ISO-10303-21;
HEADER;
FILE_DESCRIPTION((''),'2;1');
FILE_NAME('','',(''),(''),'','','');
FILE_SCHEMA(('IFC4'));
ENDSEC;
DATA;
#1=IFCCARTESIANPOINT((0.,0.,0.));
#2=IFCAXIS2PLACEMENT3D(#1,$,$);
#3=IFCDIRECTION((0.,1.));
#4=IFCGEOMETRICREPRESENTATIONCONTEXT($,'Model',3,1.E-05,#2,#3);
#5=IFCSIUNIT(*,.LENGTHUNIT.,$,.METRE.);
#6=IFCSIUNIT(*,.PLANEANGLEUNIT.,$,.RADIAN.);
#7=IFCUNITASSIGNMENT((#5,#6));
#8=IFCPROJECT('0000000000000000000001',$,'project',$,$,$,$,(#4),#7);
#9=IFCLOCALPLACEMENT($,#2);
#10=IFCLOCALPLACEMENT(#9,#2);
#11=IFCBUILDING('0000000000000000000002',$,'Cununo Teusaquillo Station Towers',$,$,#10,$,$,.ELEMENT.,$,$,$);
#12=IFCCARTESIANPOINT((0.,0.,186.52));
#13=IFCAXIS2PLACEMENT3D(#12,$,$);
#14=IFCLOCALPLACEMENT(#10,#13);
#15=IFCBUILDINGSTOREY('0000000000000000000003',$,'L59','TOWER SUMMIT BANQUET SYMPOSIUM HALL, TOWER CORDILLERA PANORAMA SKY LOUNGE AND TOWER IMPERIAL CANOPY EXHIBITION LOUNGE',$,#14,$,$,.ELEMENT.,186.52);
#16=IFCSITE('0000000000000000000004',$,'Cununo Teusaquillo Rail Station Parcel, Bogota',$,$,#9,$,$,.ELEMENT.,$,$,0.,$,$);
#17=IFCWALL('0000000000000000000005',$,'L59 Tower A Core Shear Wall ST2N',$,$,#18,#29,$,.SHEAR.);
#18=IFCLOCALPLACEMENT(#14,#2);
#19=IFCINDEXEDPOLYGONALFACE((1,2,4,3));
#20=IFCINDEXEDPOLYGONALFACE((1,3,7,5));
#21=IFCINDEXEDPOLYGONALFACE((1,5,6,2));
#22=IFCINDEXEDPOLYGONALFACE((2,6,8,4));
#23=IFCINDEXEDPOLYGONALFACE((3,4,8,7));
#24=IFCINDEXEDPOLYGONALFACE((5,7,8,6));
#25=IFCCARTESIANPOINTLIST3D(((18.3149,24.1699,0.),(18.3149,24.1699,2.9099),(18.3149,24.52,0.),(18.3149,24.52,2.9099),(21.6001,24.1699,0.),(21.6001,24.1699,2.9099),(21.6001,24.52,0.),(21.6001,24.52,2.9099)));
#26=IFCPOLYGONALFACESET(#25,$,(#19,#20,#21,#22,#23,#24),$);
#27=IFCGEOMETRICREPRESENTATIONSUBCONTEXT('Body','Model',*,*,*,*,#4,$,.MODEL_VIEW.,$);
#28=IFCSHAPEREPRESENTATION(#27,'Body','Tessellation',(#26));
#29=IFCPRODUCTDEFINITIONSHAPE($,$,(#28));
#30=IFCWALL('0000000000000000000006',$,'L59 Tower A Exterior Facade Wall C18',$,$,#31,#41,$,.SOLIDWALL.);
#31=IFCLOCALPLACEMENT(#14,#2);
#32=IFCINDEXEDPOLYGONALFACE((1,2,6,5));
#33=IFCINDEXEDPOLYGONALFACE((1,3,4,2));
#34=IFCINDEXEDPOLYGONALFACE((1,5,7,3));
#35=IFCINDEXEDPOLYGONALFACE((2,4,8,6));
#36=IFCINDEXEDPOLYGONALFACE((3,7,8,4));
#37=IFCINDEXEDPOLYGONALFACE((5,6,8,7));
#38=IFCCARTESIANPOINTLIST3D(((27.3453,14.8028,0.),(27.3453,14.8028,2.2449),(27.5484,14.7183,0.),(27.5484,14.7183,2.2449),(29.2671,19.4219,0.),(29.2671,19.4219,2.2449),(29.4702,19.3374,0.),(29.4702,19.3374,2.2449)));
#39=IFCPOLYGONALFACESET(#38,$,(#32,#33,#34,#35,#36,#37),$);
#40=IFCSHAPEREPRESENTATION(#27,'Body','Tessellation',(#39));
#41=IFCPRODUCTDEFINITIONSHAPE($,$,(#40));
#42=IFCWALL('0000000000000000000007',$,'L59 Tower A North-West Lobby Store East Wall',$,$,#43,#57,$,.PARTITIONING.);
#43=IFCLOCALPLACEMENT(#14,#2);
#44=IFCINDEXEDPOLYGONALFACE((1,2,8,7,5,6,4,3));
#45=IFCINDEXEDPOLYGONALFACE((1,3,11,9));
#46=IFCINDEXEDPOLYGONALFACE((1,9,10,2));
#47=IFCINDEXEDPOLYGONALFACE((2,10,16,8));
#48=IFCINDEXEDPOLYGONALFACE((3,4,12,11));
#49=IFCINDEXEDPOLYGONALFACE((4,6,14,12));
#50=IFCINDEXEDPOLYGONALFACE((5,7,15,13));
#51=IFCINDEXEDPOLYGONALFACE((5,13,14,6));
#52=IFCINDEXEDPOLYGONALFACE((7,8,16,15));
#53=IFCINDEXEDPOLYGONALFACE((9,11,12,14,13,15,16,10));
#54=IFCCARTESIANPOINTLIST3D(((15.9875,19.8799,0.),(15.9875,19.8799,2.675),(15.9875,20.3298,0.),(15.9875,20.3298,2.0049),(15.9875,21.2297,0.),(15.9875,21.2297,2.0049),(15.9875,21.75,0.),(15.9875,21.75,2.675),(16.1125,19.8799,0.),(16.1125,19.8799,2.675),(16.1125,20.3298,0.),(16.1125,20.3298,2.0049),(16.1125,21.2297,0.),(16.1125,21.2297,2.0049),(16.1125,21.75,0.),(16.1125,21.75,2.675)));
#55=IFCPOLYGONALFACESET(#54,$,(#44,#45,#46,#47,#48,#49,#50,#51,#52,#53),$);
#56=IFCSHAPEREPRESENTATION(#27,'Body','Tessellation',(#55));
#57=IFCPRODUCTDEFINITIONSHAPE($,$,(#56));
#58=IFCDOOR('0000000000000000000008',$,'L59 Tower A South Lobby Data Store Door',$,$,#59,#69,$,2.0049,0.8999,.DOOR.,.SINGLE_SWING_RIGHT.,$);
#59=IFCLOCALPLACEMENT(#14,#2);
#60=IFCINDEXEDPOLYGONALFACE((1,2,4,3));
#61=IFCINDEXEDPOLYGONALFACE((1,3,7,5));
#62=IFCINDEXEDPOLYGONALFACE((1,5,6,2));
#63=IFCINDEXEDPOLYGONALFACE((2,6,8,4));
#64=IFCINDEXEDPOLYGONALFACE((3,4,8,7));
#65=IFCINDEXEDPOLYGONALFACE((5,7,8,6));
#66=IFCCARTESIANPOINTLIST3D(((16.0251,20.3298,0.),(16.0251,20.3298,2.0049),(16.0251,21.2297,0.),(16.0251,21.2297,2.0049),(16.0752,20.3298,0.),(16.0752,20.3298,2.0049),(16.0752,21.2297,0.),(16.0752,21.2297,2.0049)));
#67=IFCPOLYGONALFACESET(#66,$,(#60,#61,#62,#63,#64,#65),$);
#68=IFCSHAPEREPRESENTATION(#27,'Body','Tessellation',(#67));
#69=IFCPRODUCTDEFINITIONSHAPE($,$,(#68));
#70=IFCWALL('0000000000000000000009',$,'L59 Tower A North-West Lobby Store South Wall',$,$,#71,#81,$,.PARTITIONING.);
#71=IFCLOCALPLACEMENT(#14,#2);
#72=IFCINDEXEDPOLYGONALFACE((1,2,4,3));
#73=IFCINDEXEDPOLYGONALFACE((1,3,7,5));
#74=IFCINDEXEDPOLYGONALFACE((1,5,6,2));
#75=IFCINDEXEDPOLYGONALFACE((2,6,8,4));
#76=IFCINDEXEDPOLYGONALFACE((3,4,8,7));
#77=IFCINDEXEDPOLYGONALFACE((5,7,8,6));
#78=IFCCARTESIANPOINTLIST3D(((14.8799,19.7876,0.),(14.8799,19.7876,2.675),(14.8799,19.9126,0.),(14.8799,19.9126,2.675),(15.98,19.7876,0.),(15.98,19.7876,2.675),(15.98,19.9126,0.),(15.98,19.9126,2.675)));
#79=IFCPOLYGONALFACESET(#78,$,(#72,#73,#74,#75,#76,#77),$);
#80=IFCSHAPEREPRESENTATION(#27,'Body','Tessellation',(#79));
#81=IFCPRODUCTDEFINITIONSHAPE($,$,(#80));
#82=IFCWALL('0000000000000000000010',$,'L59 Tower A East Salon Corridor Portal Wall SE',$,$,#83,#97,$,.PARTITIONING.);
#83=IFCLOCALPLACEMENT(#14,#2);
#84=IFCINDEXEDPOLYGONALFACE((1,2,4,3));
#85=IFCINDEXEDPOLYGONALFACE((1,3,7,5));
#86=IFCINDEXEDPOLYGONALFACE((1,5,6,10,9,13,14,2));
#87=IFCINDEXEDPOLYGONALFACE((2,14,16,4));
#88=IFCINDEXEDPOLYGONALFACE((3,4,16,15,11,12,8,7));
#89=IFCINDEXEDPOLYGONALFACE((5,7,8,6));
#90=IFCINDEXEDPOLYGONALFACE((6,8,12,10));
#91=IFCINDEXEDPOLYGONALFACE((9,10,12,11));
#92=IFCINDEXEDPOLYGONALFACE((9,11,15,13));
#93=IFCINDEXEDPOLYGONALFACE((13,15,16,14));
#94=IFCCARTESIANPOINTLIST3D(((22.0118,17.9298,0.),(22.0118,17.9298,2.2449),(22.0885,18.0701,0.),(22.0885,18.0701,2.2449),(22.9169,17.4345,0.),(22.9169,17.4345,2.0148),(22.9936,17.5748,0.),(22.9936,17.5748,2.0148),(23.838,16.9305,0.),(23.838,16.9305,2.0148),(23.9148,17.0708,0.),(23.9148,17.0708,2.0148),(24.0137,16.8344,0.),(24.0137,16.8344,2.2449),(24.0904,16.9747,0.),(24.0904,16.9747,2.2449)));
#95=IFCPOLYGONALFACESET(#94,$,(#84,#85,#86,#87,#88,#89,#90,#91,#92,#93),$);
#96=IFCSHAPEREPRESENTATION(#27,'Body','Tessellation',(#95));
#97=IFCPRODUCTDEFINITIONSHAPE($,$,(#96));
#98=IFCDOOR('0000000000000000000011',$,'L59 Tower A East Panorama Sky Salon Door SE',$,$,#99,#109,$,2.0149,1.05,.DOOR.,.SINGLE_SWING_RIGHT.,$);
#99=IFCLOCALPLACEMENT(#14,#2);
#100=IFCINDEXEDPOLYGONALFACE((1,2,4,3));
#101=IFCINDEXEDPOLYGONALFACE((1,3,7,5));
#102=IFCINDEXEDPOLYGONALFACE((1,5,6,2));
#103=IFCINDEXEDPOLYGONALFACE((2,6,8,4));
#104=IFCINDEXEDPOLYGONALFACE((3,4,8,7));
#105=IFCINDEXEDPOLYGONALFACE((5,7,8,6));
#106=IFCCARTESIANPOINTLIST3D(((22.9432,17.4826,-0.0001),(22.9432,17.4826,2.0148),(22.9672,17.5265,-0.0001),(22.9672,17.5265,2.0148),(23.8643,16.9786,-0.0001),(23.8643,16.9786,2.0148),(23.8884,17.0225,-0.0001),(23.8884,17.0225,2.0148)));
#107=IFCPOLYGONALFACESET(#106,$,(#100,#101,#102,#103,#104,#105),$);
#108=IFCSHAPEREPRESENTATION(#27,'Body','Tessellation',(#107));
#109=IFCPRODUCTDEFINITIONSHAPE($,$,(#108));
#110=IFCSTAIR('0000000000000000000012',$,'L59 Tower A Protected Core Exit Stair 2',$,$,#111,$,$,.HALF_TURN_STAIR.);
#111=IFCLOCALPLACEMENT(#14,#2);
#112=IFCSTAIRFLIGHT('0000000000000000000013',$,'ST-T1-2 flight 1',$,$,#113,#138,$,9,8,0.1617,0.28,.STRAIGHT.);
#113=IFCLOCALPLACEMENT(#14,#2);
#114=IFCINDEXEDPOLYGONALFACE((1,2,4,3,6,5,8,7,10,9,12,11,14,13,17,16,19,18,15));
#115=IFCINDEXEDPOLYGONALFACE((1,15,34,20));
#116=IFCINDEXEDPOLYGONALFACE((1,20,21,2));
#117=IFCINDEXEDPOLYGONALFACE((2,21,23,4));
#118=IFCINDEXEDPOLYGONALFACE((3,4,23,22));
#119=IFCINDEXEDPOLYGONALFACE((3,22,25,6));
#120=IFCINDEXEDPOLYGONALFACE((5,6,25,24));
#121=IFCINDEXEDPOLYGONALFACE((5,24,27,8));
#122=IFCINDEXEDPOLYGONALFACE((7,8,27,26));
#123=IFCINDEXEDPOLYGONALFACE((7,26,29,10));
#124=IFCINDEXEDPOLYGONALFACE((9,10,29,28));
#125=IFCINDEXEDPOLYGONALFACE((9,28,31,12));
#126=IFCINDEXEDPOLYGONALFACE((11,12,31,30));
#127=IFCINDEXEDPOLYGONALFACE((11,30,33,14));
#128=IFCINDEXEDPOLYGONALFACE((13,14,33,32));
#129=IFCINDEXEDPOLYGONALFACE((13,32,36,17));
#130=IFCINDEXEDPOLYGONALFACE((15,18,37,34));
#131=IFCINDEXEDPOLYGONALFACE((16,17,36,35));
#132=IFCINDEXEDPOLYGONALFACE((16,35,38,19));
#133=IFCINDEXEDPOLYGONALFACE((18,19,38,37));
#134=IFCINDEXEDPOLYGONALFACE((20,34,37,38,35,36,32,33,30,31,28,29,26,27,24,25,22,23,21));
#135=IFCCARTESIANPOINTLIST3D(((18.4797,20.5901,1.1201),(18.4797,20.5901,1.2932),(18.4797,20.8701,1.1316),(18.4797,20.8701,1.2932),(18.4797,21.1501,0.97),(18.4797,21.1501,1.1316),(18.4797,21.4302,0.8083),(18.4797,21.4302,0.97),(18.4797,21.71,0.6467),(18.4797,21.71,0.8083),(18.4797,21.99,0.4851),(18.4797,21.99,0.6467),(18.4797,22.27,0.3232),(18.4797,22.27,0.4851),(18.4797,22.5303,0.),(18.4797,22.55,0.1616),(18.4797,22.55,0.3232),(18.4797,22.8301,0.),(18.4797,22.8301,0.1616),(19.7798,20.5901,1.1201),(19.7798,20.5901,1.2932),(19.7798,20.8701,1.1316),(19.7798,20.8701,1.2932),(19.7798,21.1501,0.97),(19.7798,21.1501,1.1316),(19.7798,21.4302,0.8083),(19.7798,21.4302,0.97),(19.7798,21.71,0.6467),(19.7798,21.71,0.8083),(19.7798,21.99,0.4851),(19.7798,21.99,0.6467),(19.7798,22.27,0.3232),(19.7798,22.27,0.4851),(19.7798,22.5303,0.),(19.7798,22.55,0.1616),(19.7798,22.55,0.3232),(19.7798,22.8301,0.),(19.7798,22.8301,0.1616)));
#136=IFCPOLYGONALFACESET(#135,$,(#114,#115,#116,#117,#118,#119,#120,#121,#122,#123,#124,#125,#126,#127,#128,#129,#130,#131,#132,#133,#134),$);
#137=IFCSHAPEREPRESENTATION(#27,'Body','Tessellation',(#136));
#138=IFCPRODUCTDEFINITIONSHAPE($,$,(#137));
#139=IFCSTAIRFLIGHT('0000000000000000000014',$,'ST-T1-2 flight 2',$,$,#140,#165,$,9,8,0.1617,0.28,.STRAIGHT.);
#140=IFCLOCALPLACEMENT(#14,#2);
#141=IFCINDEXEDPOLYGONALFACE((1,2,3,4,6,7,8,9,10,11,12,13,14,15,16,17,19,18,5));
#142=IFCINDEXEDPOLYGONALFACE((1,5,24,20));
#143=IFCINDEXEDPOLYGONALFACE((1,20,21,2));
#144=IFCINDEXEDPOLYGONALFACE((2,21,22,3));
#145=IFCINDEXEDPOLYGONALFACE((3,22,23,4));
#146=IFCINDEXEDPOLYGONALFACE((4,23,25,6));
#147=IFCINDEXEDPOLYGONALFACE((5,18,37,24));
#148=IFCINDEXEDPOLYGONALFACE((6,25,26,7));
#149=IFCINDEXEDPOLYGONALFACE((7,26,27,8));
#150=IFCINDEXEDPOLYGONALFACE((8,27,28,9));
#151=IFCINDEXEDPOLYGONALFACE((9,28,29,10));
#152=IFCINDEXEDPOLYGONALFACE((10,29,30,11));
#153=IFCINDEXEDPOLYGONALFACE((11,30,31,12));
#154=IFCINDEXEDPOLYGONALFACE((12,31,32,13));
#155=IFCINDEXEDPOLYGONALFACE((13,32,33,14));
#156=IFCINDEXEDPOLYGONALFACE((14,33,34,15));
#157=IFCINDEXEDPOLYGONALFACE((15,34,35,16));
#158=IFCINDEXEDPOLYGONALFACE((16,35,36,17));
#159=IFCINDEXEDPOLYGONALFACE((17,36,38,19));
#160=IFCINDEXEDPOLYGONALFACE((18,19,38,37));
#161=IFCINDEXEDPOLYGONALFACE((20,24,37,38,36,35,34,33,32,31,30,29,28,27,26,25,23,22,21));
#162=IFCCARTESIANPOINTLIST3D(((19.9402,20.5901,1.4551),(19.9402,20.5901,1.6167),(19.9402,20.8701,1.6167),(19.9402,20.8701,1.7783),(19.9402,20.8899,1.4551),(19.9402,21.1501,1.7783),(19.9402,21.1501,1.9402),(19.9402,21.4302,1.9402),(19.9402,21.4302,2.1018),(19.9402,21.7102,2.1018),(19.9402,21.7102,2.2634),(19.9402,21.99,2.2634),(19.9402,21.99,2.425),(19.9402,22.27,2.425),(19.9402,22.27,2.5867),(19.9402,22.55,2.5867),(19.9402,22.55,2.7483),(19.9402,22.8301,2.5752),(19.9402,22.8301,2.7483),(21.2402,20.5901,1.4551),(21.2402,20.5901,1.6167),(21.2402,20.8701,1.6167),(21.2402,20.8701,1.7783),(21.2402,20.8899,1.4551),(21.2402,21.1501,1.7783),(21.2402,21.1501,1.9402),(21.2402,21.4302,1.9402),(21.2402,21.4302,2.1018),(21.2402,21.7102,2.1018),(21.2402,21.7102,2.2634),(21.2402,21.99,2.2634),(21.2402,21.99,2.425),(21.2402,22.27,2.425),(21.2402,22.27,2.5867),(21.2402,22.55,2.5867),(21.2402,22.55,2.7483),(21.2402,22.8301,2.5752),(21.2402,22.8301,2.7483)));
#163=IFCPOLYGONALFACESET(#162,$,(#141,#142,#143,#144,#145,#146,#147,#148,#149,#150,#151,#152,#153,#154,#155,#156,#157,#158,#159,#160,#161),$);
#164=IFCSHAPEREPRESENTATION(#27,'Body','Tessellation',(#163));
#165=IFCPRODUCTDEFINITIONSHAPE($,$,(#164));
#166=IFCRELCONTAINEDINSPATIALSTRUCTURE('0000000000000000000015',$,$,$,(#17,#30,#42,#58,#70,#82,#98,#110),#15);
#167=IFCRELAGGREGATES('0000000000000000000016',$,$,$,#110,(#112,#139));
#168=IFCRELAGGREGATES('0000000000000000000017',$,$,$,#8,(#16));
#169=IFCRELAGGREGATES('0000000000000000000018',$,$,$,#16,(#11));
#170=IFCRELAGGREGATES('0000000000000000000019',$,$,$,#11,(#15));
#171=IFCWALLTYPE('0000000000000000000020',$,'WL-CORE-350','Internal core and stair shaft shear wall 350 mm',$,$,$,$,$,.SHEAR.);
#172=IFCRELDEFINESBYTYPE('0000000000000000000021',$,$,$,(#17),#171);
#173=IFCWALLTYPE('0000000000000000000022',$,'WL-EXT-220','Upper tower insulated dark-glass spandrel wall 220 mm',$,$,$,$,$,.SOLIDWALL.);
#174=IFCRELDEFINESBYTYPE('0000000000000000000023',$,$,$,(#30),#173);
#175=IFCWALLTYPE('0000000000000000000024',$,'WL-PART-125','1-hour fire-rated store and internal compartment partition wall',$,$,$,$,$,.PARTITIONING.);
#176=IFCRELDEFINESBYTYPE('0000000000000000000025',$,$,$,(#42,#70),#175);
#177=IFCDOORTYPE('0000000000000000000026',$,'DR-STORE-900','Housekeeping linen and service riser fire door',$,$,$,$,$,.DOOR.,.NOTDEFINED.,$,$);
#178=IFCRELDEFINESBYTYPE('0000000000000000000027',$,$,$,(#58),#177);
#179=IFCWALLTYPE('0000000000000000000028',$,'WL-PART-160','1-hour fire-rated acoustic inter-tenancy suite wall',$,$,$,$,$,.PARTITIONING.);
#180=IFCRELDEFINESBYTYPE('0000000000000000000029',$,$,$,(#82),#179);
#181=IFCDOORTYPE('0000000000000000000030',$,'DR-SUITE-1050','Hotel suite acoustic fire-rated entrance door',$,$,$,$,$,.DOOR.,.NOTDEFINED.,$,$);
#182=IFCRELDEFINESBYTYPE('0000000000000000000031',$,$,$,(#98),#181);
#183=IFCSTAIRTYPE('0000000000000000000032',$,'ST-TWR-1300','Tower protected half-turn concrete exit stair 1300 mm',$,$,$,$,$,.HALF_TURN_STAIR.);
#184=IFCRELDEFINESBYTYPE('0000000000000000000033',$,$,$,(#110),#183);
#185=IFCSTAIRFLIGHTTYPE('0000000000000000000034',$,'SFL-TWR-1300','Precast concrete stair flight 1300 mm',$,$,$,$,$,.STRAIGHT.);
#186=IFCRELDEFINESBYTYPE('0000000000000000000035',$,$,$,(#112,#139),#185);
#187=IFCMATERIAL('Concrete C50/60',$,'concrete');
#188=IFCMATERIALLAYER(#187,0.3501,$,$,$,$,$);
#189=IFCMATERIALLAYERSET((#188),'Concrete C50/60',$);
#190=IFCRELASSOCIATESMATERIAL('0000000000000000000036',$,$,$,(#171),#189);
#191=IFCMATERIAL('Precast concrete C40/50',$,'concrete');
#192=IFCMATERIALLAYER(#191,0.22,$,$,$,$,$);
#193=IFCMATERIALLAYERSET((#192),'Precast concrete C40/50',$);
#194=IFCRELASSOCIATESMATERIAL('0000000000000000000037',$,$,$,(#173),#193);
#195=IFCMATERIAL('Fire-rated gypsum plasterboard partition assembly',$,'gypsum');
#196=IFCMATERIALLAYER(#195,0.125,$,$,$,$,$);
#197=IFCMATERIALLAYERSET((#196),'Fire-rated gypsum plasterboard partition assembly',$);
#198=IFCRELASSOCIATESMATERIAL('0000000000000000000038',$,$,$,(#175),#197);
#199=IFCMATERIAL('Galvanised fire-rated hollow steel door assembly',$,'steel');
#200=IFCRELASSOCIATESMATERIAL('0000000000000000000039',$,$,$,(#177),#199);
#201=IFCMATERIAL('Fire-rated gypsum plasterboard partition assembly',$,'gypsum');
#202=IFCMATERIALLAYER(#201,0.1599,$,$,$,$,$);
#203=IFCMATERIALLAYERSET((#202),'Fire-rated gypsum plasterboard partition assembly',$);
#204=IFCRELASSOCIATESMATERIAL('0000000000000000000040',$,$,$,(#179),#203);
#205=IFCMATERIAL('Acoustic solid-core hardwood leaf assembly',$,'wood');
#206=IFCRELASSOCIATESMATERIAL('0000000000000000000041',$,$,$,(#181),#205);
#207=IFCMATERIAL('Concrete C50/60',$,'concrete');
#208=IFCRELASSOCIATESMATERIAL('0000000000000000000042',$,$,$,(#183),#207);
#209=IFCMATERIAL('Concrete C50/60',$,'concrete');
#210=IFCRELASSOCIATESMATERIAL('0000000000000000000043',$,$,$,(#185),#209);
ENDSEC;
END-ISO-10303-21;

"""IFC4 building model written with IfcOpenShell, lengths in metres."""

from ifc_helpers import new_model, si_unit, direction, frame, frame_2d, origin, place, context, subcontext, project, spatial, polyline, rectangle, outline, extrude, source, transform, mapped, material, layer, layer_set, type_object, element, fill, aggregate, save


model = new_model("IFC4")

# Units and contexts
model_context = context("Model", 3, precision=1e-05, world=origin(), true_north=direction((0.0, 1.0)))
body_context = subcontext(model_context, "Body", "Model", "MODEL_VIEW")
ifc_project = project(units=[si_unit("LENGTHUNIT", "METRE"), si_unit("PLANEANGLEUNIT", "RADIAN")], contexts=[model_context])

# Site, building, storey
site_placement = place(None, origin())
site = spatial("IfcSite", under=ifc_project, at=site_placement, Name="Cununo Teusaquillo Rail Station Parcel, Bogota", CompositionType="ELEMENT", RefElevation=0.0)
building_placement = place(site_placement, origin())
building = spatial("IfcBuilding", under=site, at=building_placement, Name="Cununo Teusaquillo Station Towers", CompositionType="ELEMENT")
storey_placement = place(building_placement, frame((0.0, 0.0, 186.52)))
storey = spatial("IfcBuildingStorey", under=building, at=storey_placement, Name="L59", Description="TOWER SUMMIT BANQUET SYMPOSIUM HALL, TOWER CORDILLERA PANORAMA SKY LOUNGE AND TOWER IMPERIAL CANOPY EXHIBITION LOUNGE", CompositionType="ELEMENT", Elevation=186.52)

# Shared definitions
ifc_material_1 = material(Name="Concrete C50/60", Category="concrete")
ifc_layer_1 = layer(ifc_material_1, 0.3501)
ifc_layer_set_1 = layer_set([ifc_layer_1], Name="Concrete C50/60")
wall_type_1 = type_object("IfcWallType", Name="WL-CORE-350", Description="Internal core and stair shaft shear wall 350 mm", PredefinedType="SHEAR", material=ifc_layer_set_1)

# Walls
wall_1_placement = place(storey_placement, frame((18.3149, 24.345, 0.0), z_axis=(0.0, 0.0, 1.0), x_axis=(1.0, 0.0, 0.0)))
element("IfcWall", 1, at=wall_1_placement, inside=storey, type_object=wall_type_1, Name="L59 Tower A Core Shear Wall ST2N", PredefinedType="SHEAR", context=body_context, shape_type="SweptSolid", body=[
    extrude(rectangle(XDim=3.2852, YDim=0.3501, at=frame_2d((1.6426, 0.0))), origin(), (0.0, 0.0, 1.0), 2.9099),
])
ifc_material_2 = material(Name="Precast concrete C40/50", Category="concrete")
ifc_layer_2 = layer(ifc_material_2, 0.22)
ifc_layer_set_2 = layer_set([ifc_layer_2], Name="Precast concrete C40/50")
wall_type_2 = type_object("IfcWallType", Name="WL-EXT-220", Description="Upper tower insulated dark-glass spandrel wall 220 mm", PredefinedType="SOLIDWALL", material=ifc_layer_set_2)
wall_2_placement = place(storey_placement, frame((29.3687, 19.3796, 0.0), z_axis=(0.0, 0.0, 1.0), x_axis=(-0.384144, -0.923273, 0.0)))
element("IfcWall", 2, at=wall_2_placement, inside=storey, type_object=wall_type_2, Name="L59 Tower A Exterior Facade Wall C18", PredefinedType="SOLIDWALL", context=body_context, shape_type="SweptSolid", body=[
    extrude(rectangle(XDim=5.0029, YDim=0.22, at=frame_2d((2.5015, 0.0))), origin(), (0.0, 0.0, 1.0), 2.2449),
])

# Wall, opening, door
ifc_material_3 = material(Name="Fire-rated gypsum plasterboard partition assembly", Category="gypsum")
ifc_layer_3 = layer(ifc_material_3, 0.125)
ifc_layer_set_3 = layer_set([ifc_layer_3], Name="Fire-rated gypsum plasterboard partition assembly")
wall_type_3 = type_object("IfcWallType", Name="WL-PART-125", Description="1-hour fire-rated store and internal compartment partition wall", PredefinedType="PARTITIONING", material=ifc_layer_set_3)
wall_3_placement = place(storey_placement, frame((16.05, 19.8799, 0.0), z_axis=(0.0, 0.0, 1.0), x_axis=(0.0, 1.0, 0.0)))
wall_3 = element("IfcWall", 3, at=wall_3_placement, inside=storey, type_object=wall_type_3, Name="L59 Tower A North-West Lobby Store East Wall", PredefinedType="PARTITIONING", context=body_context, shape_type="SweptSolid", body=[
    extrude(rectangle(XDim=1.8701, YDim=0.125, at=frame_2d((0.9351, 0.0))), origin(), (0.0, 0.0, 1.0), 2.675),
])
shared_shape_1 = source(origin(), body_context, "Body", "SweptSolid", [
    extrude(rectangle(XDim=0.8999, YDim=2.0049, at=frame_2d((0.45, 1.0024))), frame((0.0, 0.0725, 0.0), z_axis=(0.0, -1.0, 0.0), x_axis=(1.0, 0.0, 0.0)), (0.0, 0.0, 1.0), 0.145),
])
opening_1_placement = place(wall_3_placement, frame((0.45, 0.0, 0.0)))
opening_1 = element("IfcOpeningElement", 4, at=opening_1_placement, cuts=wall_3, PredefinedType="OPENING", context=body_context, shape_type="MappedRepresentation", body=[
    mapped(shared_shape_1, transform((0.0, 0.0, 0.0), x_axis=(1.0, 0.0, 0.0), y_axis=(0.0, 1.0, 0.0), z_axis=(0.0, 0.0, 1.0), scale=1.0)),
])
ifc_material_4 = material(Name="Galvanised fire-rated hollow steel door assembly", Category="steel")
door_type_1 = type_object("IfcDoorType", Name="DR-STORE-900", Description="Housekeeping linen and service riser fire door", OperationType="NOTDEFINED", PredefinedType="DOOR", material=ifc_material_4)
shared_shape_2 = source(origin(), body_context, "Body", "SweptSolid", [
    extrude(rectangle(XDim=0.8999, YDim=2.0049, at=frame_2d((0.45, 1.0024))), frame((0.0, 0.0249, 0.0), z_axis=(0.0, -1.0, 0.0), x_axis=(1.0, 0.0, 0.0)), (0.0, 0.0, 1.0), 0.05),
])
door_1_placement = place(opening_1_placement, origin())
door_1 = element("IfcDoor", 5, at=door_1_placement, inside=storey, type_object=door_type_1, Name="L59 Tower A South Lobby Data Store Door", OperationType="SINGLE_SWING_RIGHT", OverallHeight=2.0049, OverallWidth=0.8999, PredefinedType="DOOR", context=body_context, shape_type="MappedRepresentation", body=[
    mapped(shared_shape_2, transform((0.0, 0.0, 0.0), x_axis=(1.0, 0.0, 0.0), y_axis=(0.0, 1.0, 0.0), z_axis=(0.0, 0.0, 1.0), scale=1.0)),
])
fill(opening_1, door_1)

# Wall
wall_4_placement = place(storey_placement, frame((14.8799, 19.8501, 0.0), z_axis=(0.0, 0.0, 1.0), x_axis=(1.0, 0.0, 0.0)))
element("IfcWall", 6, at=wall_4_placement, inside=storey, type_object=wall_type_3, Name="L59 Tower A North-West Lobby Store South Wall", PredefinedType="PARTITIONING", context=body_context, shape_type="SweptSolid", body=[
    extrude(rectangle(XDim=1.1001, YDim=0.125, at=frame_2d((0.55, 0.0))), origin(), (0.0, 0.0, 1.0), 2.675),
])

# Wall, opening, door
ifc_material_5 = material(Name="Fire-rated gypsum plasterboard partition assembly", Category="gypsum")
ifc_layer_4 = layer(ifc_material_5, 0.1599)
ifc_layer_set_4 = layer_set([ifc_layer_4], Name="Fire-rated gypsum plasterboard partition assembly")
wall_type_4 = type_object("IfcWallType", Name="WL-PART-160", Description="1-hour fire-rated acoustic inter-tenancy suite wall", PredefinedType="PARTITIONING", material=ifc_layer_set_4)
wall_5_placement = place(storey_placement, frame((22.05, 18.0, 0.0), z_axis=(0.0, 0.0, 1.0), x_axis=(0.877253, -0.480029, 0.0)))
wall_5 = element("IfcWall", 7, at=wall_5_placement, inside=storey, type_object=wall_type_4, Name="L59 Tower A East Salon Corridor Portal Wall SE", PredefinedType="PARTITIONING", context=body_context, shape_type="SweptSolid", body=[
    extrude(rectangle(XDim=2.282, YDim=0.1599, at=frame_2d((1.1411, 0.0))), origin(), (0.0, 0.0, 1.0), 2.2449),
])
shared_shape_3 = source(origin(), body_context, "Body", "SweptSolid", [
    extrude(rectangle(XDim=1.05, YDim=2.0149, at=frame_2d((0.5249, 1.0073))), frame((0.0, 0.0898, 0.0), z_axis=(0.0, -1.0, 0.0), x_axis=(1.0, 0.0, 0.0)), (0.0, 0.0, 1.0), 0.1799),
])
opening_2_placement = place(wall_5_placement, frame((1.032, 0.0, 0.0)))
opening_2 = element("IfcOpeningElement", 8, at=opening_2_placement, cuts=wall_5, PredefinedType="OPENING", context=body_context, shape_type="MappedRepresentation", body=[
    mapped(shared_shape_3, transform((0.0, 0.0, 0.0), x_axis=(1.0, 0.0, 0.0), y_axis=(0.0, 1.0, 0.0), z_axis=(0.0, 0.0, 1.0), scale=1.0)),
])
ifc_material_6 = material(Name="Acoustic solid-core hardwood leaf assembly", Category="wood")
door_type_2 = type_object("IfcDoorType", Name="DR-SUITE-1050", Description="Hotel suite acoustic fire-rated entrance door", OperationType="NOTDEFINED", PredefinedType="DOOR", material=ifc_material_6)
shared_shape_4 = source(origin(), body_context, "Body", "SweptSolid", [
    extrude(rectangle(XDim=1.05, YDim=2.0149, at=frame_2d((0.5249, 1.0073))), frame((0.0, 0.0249, 0.0), z_axis=(0.0, -1.0, 0.0), x_axis=(1.0, 0.0, 0.0)), (0.0, 0.0, 1.0), 0.05),
])
door_2_placement = place(opening_2_placement, origin())
door_2 = element("IfcDoor", 9, at=door_2_placement, inside=storey, type_object=door_type_2, Name="L59 Tower A East Panorama Sky Salon Door SE", OperationType="SINGLE_SWING_RIGHT", OverallHeight=2.0149, OverallWidth=1.05, PredefinedType="DOOR", context=body_context, shape_type="MappedRepresentation", body=[
    mapped(shared_shape_4, transform((0.0, 0.0, 0.0), x_axis=(1.0, 0.0, 0.0), y_axis=(0.0, 1.0, 0.0), z_axis=(0.0, 0.0, 1.0), scale=1.0)),
])
fill(opening_2, door_2)

# Stair, stair flights
ifc_material_7 = material(Name="Concrete C50/60", Category="concrete")
stair_type = type_object("IfcStairType", Name="ST-TWR-1300", Description="Tower protected half-turn concrete exit stair 1300 mm", PredefinedType="HALF_TURN_STAIR", material=ifc_material_7)
stair_placement = place(storey_placement, origin())
stair = element("IfcStair", 10, at=stair_placement, inside=storey, type_object=stair_type, Name="L59 Tower A Protected Core Exit Stair 2", PredefinedType="HALF_TURN_STAIR")
ifc_material_8 = material(Name="Concrete C50/60", Category="concrete")
stair_flight_type = type_object("IfcStairFlightType", Name="SFL-TWR-1300", Description="Precast concrete stair flight 1300 mm", PredefinedType="STRAIGHT", material=ifc_material_8)
stair_flight_1_placement = place(storey_placement, frame((19.1299, 22.8301, 0.0), z_axis=(0.0, 0.0, 1.0), x_axis=(0.0, -1.0, 0.0)))
stair_flight_1 = element("IfcStairFlight", 11, at=stair_flight_1_placement, type_object=stair_flight_type, Name="ST-T1-2 flight 1", NumberOfRisers=9, NumberOfTreads=8, PredefinedType="STRAIGHT", RiserHeight=0.1617, TreadLength=0.28, context=body_context, shape_type="SweptSolid", body=[
    extrude(outline(polyline([(0.0, 0.0), (0.0, 0.1616), (0.28, 0.1616), (0.28, 0.3232), (0.5601, 0.3232), (0.5601, 0.4851), (0.8401, 0.4851), (0.8401, 0.6467), (1.1201, 0.6467), (1.1201, 0.8083), (1.3999, 0.8083), (1.3999, 0.97), (1.6799, 0.97), (1.6799, 1.1316), (1.96, 1.1316), (1.96, 1.2932), (2.24, 1.2932), (2.24, 1.4551), (2.24, 1.1201), (0.2998, 0.0), (0.0, 0.0)])), frame((0.0, 0.6499, 0.0), z_axis=(0.0, -1.0, 0.0), x_axis=(1.0, 0.0, 0.0)), (0.0, 0.0, 1.0), 1.3),
])
stair_flight_2_placement = place(storey_placement, frame((20.5901, 20.5901, 1.4551), z_axis=(0.0, 0.0, 1.0), x_axis=(0.0, 1.0, 0.0)))
stair_flight_2 = element("IfcStairFlight", 12, at=stair_flight_2_placement, type_object=stair_flight_type, Name="ST-T1-2 flight 2", NumberOfRisers=9, NumberOfTreads=8, PredefinedType="STRAIGHT", RiserHeight=0.1617, TreadLength=0.28, context=body_context, shape_type="SweptSolid", body=[
    extrude(outline(polyline([(0.0, 0.0), (0.0, 0.1616), (0.28, 0.1616), (0.28, 0.3232), (0.5601, 0.3232), (0.5601, 0.4851), (0.8401, 0.4851), (0.8401, 0.6467), (1.1201, 0.6467), (1.1201, 0.8083), (1.3999, 0.8083), (1.3999, 0.97), (1.6799, 0.97), (1.6799, 1.1316), (1.96, 1.1316), (1.96, 1.2932), (2.24, 1.2932), (2.24, 1.4551), (2.24, 1.1201), (0.2998, 0.0), (0.0, 0.0)])), frame((0.0, 0.6499, 0.0), z_axis=(0.0, -1.0, 0.0), x_axis=(1.0, 0.0, 0.0)), (0.0, 0.0, 1.0), 1.3),
])
aggregate(stair, [stair_flight_1, stair_flight_2])

save(model, "model.ifc")
